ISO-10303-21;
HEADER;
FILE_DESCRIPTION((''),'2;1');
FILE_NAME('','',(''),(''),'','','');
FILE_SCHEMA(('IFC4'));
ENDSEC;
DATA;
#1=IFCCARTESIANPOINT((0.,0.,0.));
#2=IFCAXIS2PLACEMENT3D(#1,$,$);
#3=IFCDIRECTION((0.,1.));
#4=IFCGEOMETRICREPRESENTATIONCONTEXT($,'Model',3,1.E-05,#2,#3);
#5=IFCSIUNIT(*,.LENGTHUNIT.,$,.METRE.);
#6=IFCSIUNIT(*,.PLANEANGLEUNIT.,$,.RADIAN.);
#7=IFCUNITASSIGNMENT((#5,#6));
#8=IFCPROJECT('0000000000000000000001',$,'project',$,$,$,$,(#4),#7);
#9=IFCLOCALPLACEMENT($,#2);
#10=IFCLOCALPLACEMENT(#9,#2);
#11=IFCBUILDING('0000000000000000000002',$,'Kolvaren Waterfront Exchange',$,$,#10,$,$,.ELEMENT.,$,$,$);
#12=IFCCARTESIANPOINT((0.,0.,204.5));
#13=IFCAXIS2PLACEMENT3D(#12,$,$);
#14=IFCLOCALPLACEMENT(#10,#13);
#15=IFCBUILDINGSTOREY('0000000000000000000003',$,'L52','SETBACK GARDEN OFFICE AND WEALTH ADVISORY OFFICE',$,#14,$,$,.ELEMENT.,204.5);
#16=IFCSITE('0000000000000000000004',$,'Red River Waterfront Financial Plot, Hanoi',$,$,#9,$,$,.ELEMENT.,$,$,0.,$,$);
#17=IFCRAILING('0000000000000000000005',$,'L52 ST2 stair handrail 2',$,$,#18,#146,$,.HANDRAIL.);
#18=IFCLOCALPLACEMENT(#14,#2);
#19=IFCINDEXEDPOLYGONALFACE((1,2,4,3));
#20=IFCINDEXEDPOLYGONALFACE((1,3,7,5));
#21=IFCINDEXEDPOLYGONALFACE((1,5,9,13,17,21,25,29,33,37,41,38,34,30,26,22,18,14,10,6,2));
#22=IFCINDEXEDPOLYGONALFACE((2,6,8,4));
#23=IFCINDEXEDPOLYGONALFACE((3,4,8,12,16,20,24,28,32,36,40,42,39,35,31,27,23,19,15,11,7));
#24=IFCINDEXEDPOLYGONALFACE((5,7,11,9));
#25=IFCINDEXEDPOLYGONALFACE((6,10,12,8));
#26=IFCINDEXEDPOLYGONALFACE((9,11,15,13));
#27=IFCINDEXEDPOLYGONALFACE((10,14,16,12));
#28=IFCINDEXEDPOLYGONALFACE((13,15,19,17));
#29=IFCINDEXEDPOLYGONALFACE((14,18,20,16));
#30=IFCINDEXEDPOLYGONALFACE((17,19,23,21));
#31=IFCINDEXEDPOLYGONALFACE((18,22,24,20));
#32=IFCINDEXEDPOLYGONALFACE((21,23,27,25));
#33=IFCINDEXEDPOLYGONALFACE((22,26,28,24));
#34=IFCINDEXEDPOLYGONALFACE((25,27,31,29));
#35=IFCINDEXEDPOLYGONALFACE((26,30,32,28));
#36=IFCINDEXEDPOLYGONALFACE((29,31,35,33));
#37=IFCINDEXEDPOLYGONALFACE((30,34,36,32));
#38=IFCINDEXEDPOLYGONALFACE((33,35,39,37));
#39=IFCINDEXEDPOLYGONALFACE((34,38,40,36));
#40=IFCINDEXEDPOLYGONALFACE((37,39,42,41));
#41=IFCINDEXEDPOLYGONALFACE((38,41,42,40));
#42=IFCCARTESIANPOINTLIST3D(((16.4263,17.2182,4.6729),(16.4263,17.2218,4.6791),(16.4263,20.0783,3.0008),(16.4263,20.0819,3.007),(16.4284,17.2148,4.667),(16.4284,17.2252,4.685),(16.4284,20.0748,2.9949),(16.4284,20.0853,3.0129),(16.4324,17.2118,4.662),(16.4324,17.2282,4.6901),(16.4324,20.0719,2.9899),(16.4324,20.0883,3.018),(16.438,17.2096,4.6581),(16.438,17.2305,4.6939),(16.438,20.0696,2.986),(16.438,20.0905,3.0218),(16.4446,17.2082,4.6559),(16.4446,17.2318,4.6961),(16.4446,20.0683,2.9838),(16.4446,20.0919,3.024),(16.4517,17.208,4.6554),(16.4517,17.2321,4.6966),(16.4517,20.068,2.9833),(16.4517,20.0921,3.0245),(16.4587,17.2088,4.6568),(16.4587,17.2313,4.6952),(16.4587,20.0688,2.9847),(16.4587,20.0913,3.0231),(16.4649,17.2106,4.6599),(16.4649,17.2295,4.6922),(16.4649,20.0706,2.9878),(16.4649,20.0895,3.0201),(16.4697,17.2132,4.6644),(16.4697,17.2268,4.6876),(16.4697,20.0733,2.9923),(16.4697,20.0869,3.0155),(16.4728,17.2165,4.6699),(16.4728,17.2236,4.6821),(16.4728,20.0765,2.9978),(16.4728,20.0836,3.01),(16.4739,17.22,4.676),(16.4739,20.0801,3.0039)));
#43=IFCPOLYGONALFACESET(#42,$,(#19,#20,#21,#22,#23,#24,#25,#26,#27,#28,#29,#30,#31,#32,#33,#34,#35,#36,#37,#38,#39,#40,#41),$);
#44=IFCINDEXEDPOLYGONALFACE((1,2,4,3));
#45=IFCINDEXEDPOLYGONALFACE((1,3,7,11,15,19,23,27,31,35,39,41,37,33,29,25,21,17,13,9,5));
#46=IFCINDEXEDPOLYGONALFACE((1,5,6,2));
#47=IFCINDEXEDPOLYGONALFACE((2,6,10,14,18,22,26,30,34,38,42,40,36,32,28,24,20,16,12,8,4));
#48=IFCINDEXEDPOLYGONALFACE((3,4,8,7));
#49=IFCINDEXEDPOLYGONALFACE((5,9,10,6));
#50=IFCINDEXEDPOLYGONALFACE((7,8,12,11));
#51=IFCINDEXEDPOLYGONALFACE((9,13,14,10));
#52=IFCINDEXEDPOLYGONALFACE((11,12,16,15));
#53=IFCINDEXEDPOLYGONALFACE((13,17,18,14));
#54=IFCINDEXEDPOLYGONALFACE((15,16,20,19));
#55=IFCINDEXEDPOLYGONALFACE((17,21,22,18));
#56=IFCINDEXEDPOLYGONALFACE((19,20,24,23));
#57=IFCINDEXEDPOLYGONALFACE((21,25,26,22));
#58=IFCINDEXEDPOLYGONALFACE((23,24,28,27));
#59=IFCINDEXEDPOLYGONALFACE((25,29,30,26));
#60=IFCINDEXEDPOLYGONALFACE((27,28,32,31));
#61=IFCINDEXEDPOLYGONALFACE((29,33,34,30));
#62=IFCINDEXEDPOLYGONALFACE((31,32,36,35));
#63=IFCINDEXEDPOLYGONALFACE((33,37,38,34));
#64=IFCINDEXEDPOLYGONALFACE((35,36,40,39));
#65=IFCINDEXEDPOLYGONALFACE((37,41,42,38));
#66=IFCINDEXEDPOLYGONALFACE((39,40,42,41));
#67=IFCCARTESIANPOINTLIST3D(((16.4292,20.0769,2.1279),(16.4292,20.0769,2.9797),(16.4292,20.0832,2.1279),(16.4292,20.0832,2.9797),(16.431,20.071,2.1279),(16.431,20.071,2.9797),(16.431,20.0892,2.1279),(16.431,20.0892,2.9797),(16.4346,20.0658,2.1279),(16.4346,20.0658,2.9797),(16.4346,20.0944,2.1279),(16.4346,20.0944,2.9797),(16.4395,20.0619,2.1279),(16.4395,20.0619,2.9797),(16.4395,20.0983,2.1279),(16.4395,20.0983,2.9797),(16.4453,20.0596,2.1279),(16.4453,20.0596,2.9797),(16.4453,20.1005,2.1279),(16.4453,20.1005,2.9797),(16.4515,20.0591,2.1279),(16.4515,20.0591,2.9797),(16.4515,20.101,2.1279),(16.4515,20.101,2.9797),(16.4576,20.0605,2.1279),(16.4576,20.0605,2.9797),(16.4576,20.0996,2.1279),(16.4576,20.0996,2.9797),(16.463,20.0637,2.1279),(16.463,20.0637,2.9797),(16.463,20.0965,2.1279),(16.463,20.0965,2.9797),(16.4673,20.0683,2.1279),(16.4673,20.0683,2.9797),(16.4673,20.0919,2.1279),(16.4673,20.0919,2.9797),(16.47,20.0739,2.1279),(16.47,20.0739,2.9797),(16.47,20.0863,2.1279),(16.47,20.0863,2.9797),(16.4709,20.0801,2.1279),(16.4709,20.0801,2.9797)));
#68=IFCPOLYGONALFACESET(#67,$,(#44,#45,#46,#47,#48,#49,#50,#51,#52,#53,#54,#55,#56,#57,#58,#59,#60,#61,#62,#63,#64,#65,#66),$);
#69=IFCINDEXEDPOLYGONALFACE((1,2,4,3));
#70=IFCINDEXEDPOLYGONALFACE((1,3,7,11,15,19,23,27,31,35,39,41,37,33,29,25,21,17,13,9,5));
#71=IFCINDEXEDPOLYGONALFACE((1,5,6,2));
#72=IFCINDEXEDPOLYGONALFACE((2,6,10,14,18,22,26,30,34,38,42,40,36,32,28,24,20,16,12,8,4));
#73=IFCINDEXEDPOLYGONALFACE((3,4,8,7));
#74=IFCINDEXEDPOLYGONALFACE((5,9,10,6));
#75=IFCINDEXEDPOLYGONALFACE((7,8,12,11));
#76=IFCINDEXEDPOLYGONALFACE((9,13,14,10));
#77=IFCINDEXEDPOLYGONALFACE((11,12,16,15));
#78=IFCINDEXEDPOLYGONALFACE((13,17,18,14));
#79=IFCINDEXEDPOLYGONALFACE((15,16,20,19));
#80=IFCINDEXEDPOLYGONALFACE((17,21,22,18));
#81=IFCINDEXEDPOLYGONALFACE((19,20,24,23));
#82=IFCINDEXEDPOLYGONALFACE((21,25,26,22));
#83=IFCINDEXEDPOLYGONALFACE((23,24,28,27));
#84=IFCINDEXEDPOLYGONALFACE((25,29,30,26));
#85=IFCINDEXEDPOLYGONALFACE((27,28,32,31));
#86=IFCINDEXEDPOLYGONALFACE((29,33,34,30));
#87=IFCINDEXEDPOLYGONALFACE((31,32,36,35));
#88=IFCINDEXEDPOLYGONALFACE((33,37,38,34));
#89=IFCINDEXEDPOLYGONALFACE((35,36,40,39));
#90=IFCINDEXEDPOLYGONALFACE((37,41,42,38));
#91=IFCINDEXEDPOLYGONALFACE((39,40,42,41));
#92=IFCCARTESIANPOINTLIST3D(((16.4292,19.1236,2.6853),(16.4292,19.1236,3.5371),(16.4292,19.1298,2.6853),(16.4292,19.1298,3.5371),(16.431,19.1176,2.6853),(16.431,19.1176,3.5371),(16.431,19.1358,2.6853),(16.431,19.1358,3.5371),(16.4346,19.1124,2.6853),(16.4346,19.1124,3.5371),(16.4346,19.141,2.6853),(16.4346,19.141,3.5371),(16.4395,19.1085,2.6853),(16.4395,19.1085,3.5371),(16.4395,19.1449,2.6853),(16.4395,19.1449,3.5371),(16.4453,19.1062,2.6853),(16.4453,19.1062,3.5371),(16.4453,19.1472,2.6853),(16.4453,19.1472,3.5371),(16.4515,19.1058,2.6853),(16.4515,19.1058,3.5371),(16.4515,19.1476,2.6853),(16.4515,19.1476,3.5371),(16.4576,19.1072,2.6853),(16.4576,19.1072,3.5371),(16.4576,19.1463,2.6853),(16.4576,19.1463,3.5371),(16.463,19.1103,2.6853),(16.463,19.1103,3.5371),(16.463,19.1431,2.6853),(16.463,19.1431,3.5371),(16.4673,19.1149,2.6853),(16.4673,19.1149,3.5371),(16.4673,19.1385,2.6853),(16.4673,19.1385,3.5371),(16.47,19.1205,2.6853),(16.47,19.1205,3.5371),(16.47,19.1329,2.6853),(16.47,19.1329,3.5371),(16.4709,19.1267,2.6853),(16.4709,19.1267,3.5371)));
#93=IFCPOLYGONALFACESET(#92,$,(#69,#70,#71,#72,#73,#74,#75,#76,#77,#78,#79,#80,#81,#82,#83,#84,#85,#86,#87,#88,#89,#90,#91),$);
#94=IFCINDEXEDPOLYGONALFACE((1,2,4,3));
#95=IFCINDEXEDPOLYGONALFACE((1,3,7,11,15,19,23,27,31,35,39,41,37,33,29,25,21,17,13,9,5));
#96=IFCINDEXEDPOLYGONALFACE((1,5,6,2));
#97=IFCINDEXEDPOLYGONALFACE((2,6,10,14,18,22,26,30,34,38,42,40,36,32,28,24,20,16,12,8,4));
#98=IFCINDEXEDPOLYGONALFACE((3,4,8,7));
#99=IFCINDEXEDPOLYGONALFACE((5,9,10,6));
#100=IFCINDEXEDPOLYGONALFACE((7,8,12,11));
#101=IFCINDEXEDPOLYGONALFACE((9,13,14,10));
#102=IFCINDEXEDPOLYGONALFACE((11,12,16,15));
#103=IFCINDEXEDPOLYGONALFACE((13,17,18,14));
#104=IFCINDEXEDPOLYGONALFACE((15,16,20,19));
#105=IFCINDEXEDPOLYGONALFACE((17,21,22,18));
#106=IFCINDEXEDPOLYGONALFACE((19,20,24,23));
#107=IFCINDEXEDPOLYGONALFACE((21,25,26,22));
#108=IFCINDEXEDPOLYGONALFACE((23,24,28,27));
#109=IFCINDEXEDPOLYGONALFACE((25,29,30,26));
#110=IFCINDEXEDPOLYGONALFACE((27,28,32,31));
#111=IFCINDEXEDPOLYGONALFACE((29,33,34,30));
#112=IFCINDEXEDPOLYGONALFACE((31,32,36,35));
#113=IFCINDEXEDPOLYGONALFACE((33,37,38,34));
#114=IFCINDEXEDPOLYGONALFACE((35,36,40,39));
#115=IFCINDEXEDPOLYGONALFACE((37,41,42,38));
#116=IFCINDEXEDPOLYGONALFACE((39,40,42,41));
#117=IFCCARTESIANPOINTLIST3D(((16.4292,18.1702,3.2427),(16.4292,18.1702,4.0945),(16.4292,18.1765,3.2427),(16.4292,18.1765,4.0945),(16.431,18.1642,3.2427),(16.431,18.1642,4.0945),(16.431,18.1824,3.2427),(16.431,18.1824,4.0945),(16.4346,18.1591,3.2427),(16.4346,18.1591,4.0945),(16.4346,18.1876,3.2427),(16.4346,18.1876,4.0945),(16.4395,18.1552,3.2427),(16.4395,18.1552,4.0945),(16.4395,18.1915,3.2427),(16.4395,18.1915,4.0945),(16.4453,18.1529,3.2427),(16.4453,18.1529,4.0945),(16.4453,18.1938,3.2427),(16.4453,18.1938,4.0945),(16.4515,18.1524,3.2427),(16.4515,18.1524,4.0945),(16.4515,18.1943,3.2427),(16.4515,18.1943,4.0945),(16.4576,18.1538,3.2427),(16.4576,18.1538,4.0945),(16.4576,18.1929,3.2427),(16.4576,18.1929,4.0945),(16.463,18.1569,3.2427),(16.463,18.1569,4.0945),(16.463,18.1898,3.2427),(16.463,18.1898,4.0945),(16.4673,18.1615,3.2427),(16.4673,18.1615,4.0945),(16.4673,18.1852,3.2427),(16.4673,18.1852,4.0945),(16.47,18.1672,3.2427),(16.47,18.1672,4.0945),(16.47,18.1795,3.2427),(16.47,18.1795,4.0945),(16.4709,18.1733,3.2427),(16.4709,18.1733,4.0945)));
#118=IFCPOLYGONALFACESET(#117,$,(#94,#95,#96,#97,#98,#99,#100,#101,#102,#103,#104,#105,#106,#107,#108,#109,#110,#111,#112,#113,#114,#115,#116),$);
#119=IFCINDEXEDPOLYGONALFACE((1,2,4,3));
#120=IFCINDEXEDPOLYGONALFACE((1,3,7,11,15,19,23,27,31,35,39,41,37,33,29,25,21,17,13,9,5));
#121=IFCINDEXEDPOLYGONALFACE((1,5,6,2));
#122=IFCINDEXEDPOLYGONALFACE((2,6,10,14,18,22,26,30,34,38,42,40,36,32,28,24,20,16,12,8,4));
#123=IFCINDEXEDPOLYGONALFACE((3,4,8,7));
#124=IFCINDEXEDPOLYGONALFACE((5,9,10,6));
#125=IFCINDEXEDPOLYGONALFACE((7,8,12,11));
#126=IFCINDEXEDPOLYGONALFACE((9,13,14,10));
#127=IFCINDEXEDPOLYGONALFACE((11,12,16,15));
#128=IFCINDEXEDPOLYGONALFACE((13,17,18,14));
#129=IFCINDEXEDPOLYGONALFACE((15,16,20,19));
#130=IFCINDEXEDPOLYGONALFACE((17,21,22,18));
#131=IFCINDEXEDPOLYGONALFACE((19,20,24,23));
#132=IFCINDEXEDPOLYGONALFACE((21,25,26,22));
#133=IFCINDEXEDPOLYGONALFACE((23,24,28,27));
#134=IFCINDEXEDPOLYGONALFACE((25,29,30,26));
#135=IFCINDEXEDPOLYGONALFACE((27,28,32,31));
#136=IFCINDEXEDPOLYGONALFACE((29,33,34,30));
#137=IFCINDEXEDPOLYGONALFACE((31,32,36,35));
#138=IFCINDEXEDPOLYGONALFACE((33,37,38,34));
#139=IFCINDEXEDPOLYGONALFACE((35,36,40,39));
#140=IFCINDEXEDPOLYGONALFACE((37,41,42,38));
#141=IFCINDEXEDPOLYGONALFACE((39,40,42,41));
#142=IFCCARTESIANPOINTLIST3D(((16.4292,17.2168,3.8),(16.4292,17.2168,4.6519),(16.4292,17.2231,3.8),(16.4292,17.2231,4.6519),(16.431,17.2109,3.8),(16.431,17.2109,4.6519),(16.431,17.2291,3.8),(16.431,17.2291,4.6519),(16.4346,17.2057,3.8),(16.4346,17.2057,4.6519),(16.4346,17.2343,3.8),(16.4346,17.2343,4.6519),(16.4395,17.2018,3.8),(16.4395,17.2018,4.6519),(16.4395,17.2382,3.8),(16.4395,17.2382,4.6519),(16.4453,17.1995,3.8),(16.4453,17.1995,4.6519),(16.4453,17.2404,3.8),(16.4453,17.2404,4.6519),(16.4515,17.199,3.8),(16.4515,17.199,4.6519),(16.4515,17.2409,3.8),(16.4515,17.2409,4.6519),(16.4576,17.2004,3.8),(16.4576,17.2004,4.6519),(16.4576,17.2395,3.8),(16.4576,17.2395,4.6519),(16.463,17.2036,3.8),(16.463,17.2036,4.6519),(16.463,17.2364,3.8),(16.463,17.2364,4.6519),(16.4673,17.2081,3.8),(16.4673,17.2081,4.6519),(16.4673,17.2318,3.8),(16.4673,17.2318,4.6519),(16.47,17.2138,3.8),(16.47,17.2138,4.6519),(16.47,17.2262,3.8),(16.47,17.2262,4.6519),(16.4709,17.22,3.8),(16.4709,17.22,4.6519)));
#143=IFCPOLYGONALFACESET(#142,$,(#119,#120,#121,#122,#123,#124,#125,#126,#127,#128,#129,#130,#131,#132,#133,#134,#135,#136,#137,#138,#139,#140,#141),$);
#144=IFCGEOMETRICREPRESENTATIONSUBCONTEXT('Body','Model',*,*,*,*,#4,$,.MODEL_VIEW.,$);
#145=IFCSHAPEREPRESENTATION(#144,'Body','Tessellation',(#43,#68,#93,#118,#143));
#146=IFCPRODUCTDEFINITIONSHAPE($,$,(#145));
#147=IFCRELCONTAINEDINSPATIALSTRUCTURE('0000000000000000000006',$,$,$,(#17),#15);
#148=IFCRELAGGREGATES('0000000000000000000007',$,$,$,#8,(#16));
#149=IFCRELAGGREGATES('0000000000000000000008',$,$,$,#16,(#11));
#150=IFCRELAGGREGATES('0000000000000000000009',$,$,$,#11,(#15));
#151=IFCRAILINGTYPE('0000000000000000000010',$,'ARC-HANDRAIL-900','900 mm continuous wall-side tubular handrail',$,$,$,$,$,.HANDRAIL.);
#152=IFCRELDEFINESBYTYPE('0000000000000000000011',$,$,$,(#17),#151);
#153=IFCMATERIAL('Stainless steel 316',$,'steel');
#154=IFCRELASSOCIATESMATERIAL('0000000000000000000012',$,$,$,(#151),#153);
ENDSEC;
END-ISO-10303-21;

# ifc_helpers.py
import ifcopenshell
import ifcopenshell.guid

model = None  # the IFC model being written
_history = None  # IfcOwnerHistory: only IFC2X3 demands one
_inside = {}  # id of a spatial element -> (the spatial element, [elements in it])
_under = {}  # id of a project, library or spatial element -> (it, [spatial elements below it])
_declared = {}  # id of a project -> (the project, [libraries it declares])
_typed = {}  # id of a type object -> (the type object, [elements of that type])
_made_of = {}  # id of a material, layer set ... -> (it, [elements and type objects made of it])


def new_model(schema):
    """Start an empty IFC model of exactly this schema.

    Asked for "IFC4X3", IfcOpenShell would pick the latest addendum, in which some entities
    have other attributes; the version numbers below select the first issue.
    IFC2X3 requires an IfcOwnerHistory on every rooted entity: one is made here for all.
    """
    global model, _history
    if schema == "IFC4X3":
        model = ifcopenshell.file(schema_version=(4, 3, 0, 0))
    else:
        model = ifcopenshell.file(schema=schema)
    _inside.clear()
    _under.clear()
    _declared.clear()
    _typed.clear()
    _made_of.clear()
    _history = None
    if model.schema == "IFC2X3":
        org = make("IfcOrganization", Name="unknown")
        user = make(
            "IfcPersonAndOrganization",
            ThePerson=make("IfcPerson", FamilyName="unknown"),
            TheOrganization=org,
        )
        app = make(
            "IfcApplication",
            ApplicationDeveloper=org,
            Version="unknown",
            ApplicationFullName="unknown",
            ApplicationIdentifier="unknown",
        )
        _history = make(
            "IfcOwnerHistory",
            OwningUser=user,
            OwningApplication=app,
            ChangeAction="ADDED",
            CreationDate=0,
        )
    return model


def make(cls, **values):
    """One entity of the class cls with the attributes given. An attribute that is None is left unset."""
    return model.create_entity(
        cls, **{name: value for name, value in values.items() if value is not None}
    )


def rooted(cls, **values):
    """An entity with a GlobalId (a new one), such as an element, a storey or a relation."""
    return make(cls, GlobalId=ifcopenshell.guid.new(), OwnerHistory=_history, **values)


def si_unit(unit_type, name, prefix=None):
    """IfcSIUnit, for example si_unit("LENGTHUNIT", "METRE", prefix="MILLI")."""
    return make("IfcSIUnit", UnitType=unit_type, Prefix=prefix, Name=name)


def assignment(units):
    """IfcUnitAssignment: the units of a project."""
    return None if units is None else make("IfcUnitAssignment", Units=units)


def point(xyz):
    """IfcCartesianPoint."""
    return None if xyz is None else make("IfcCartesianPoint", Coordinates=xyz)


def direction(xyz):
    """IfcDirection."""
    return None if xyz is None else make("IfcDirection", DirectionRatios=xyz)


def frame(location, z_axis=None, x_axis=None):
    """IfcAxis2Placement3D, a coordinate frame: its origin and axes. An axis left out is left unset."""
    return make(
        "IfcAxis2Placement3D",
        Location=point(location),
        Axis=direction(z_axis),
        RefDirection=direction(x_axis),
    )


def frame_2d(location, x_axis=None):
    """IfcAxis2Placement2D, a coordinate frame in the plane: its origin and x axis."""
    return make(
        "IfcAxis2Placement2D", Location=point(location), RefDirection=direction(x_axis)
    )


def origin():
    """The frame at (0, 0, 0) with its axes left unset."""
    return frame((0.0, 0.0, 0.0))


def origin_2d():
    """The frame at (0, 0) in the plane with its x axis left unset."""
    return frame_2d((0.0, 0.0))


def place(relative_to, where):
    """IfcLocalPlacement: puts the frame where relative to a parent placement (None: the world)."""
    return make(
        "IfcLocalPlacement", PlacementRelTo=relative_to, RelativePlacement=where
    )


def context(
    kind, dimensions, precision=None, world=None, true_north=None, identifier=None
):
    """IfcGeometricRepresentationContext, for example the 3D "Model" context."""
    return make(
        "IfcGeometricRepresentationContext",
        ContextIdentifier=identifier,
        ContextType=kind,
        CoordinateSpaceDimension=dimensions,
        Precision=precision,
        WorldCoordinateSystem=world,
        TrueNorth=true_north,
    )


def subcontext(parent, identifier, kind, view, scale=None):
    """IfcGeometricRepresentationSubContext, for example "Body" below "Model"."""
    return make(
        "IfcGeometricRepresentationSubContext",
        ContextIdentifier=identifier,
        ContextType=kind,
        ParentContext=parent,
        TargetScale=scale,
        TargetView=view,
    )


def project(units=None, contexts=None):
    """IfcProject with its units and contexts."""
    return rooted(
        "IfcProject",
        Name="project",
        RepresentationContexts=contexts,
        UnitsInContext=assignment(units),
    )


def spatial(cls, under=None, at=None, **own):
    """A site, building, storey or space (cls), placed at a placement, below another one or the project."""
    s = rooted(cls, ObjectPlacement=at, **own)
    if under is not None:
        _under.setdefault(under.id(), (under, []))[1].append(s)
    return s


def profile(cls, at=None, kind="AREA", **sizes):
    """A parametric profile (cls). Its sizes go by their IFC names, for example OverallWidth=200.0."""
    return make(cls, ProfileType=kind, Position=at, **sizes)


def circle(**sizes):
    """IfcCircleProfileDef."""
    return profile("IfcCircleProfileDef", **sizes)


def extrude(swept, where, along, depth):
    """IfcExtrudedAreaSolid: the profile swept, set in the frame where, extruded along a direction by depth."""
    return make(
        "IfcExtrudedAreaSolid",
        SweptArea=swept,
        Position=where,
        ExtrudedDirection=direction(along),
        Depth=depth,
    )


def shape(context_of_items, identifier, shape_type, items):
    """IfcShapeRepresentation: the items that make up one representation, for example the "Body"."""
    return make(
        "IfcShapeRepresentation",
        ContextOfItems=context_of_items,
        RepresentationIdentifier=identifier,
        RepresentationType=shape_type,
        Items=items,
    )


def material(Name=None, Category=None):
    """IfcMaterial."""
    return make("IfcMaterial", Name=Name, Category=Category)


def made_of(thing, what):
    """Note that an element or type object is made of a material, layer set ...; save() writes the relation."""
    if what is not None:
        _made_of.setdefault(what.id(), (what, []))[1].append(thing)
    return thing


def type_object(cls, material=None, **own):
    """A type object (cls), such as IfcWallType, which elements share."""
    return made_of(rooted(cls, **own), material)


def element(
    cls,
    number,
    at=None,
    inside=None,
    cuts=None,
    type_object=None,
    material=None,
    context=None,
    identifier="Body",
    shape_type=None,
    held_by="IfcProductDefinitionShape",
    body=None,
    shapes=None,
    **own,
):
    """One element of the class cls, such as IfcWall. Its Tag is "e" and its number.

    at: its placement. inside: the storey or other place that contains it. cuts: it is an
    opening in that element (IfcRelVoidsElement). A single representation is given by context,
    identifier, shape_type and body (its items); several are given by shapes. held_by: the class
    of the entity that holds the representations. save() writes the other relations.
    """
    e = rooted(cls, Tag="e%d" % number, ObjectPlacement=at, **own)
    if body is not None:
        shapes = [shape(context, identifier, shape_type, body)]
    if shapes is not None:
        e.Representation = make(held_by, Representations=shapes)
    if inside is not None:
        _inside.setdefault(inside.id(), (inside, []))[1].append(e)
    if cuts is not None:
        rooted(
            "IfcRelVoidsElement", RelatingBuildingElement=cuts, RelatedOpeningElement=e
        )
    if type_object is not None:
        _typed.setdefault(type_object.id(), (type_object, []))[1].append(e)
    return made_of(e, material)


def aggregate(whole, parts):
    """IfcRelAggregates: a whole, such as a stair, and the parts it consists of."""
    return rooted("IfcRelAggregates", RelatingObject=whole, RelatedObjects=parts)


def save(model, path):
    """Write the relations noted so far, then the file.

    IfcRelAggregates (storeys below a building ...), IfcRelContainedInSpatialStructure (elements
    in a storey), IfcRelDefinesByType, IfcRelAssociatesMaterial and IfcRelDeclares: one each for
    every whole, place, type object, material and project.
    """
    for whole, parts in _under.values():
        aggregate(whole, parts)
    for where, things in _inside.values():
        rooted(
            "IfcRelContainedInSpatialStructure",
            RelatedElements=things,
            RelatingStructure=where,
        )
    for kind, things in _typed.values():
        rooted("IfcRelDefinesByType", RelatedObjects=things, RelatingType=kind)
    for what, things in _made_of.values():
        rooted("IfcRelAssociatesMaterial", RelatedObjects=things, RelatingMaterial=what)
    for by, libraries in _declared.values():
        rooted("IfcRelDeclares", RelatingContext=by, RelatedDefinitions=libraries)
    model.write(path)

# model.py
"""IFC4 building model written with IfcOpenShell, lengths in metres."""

from ifc_helpers import new_model, si_unit, direction, frame, origin, origin_2d, place, context, subcontext, project, spatial, circle, extrude, material, type_object, element, save


model = new_model("IFC4")

# Units and contexts
model_context = context("Model", 3, precision=1e-05, world=origin(), true_north=direction((0.0, 1.0)))
body_context = subcontext(model_context, "Body", "Model", "MODEL_VIEW")
ifc_project = project(units=[si_unit("LENGTHUNIT", "METRE"), si_unit("PLANEANGLEUNIT", "RADIAN")], contexts=[model_context])

# Site, building, storey
site_placement = place(None, origin())
site = spatial("IfcSite", under=ifc_project, at=site_placement, Name="Red River Waterfront Financial Plot, Hanoi", CompositionType="ELEMENT", RefElevation=0.0)
building_placement = place(site_placement, origin())
building = spatial("IfcBuilding", under=site, at=building_placement, Name="Kolvaren Waterfront Exchange", CompositionType="ELEMENT")
storey_placement = place(building_placement, frame((0.0, 0.0, 204.5)))
storey = spatial("IfcBuildingStorey", under=building, at=storey_placement, Name="L52", Description="SETBACK GARDEN OFFICE AND WEALTH ADVISORY OFFICE", CompositionType="ELEMENT", Elevation=204.5)

# Railing
ifc_material_1 = material(Name="Stainless steel 316", Category="steel")
railing_type_1 = type_object("IfcRailingType", Name="ARC-HANDRAIL-900", Description="900 mm continuous wall-side tubular handrail", PredefinedType="HANDRAIL", material=ifc_material_1)
railing_1_placement = place(storey_placement, frame((16.45, 20.0801, 2.1279)))
element("IfcRailing", 1, at=railing_1_placement, inside=storey, type_object=railing_type_1, Name="L52 ST2 stair handrail 2", PredefinedType="HANDRAIL", context=body_context, shape_type="SweptSolid", body=[
    extrude(circle(Radius=0.0239, at=origin_2d()), frame((0.0, 0.0, 0.876), z_axis=(0.0, -0.863289, 0.504709), x_axis=(1.0, 0.0, 0.0)), (0.0, 0.0, 1.0), 3.313),
    extrude(circle(Radius=0.021, at=origin_2d()), origin(), (0.0, 0.0, 1.0), 0.8518),
    extrude(circle(Radius=0.021, at=origin_2d()), frame((0.0, -0.9534, 0.5574)), (0.0, 0.0, 1.0), 0.8518),
    extrude(circle(Radius=0.021, at=origin_2d()), frame((0.0, -1.9067, 1.1147)), (0.0, 0.0, 1.0), 0.8518),
    extrude(circle(Radius=0.021, at=origin_2d()), frame((0.0, -2.8601, 1.6721)), (0.0, 0.0, 1.0), 0.8518),
])

save(model, "model.ifc")
